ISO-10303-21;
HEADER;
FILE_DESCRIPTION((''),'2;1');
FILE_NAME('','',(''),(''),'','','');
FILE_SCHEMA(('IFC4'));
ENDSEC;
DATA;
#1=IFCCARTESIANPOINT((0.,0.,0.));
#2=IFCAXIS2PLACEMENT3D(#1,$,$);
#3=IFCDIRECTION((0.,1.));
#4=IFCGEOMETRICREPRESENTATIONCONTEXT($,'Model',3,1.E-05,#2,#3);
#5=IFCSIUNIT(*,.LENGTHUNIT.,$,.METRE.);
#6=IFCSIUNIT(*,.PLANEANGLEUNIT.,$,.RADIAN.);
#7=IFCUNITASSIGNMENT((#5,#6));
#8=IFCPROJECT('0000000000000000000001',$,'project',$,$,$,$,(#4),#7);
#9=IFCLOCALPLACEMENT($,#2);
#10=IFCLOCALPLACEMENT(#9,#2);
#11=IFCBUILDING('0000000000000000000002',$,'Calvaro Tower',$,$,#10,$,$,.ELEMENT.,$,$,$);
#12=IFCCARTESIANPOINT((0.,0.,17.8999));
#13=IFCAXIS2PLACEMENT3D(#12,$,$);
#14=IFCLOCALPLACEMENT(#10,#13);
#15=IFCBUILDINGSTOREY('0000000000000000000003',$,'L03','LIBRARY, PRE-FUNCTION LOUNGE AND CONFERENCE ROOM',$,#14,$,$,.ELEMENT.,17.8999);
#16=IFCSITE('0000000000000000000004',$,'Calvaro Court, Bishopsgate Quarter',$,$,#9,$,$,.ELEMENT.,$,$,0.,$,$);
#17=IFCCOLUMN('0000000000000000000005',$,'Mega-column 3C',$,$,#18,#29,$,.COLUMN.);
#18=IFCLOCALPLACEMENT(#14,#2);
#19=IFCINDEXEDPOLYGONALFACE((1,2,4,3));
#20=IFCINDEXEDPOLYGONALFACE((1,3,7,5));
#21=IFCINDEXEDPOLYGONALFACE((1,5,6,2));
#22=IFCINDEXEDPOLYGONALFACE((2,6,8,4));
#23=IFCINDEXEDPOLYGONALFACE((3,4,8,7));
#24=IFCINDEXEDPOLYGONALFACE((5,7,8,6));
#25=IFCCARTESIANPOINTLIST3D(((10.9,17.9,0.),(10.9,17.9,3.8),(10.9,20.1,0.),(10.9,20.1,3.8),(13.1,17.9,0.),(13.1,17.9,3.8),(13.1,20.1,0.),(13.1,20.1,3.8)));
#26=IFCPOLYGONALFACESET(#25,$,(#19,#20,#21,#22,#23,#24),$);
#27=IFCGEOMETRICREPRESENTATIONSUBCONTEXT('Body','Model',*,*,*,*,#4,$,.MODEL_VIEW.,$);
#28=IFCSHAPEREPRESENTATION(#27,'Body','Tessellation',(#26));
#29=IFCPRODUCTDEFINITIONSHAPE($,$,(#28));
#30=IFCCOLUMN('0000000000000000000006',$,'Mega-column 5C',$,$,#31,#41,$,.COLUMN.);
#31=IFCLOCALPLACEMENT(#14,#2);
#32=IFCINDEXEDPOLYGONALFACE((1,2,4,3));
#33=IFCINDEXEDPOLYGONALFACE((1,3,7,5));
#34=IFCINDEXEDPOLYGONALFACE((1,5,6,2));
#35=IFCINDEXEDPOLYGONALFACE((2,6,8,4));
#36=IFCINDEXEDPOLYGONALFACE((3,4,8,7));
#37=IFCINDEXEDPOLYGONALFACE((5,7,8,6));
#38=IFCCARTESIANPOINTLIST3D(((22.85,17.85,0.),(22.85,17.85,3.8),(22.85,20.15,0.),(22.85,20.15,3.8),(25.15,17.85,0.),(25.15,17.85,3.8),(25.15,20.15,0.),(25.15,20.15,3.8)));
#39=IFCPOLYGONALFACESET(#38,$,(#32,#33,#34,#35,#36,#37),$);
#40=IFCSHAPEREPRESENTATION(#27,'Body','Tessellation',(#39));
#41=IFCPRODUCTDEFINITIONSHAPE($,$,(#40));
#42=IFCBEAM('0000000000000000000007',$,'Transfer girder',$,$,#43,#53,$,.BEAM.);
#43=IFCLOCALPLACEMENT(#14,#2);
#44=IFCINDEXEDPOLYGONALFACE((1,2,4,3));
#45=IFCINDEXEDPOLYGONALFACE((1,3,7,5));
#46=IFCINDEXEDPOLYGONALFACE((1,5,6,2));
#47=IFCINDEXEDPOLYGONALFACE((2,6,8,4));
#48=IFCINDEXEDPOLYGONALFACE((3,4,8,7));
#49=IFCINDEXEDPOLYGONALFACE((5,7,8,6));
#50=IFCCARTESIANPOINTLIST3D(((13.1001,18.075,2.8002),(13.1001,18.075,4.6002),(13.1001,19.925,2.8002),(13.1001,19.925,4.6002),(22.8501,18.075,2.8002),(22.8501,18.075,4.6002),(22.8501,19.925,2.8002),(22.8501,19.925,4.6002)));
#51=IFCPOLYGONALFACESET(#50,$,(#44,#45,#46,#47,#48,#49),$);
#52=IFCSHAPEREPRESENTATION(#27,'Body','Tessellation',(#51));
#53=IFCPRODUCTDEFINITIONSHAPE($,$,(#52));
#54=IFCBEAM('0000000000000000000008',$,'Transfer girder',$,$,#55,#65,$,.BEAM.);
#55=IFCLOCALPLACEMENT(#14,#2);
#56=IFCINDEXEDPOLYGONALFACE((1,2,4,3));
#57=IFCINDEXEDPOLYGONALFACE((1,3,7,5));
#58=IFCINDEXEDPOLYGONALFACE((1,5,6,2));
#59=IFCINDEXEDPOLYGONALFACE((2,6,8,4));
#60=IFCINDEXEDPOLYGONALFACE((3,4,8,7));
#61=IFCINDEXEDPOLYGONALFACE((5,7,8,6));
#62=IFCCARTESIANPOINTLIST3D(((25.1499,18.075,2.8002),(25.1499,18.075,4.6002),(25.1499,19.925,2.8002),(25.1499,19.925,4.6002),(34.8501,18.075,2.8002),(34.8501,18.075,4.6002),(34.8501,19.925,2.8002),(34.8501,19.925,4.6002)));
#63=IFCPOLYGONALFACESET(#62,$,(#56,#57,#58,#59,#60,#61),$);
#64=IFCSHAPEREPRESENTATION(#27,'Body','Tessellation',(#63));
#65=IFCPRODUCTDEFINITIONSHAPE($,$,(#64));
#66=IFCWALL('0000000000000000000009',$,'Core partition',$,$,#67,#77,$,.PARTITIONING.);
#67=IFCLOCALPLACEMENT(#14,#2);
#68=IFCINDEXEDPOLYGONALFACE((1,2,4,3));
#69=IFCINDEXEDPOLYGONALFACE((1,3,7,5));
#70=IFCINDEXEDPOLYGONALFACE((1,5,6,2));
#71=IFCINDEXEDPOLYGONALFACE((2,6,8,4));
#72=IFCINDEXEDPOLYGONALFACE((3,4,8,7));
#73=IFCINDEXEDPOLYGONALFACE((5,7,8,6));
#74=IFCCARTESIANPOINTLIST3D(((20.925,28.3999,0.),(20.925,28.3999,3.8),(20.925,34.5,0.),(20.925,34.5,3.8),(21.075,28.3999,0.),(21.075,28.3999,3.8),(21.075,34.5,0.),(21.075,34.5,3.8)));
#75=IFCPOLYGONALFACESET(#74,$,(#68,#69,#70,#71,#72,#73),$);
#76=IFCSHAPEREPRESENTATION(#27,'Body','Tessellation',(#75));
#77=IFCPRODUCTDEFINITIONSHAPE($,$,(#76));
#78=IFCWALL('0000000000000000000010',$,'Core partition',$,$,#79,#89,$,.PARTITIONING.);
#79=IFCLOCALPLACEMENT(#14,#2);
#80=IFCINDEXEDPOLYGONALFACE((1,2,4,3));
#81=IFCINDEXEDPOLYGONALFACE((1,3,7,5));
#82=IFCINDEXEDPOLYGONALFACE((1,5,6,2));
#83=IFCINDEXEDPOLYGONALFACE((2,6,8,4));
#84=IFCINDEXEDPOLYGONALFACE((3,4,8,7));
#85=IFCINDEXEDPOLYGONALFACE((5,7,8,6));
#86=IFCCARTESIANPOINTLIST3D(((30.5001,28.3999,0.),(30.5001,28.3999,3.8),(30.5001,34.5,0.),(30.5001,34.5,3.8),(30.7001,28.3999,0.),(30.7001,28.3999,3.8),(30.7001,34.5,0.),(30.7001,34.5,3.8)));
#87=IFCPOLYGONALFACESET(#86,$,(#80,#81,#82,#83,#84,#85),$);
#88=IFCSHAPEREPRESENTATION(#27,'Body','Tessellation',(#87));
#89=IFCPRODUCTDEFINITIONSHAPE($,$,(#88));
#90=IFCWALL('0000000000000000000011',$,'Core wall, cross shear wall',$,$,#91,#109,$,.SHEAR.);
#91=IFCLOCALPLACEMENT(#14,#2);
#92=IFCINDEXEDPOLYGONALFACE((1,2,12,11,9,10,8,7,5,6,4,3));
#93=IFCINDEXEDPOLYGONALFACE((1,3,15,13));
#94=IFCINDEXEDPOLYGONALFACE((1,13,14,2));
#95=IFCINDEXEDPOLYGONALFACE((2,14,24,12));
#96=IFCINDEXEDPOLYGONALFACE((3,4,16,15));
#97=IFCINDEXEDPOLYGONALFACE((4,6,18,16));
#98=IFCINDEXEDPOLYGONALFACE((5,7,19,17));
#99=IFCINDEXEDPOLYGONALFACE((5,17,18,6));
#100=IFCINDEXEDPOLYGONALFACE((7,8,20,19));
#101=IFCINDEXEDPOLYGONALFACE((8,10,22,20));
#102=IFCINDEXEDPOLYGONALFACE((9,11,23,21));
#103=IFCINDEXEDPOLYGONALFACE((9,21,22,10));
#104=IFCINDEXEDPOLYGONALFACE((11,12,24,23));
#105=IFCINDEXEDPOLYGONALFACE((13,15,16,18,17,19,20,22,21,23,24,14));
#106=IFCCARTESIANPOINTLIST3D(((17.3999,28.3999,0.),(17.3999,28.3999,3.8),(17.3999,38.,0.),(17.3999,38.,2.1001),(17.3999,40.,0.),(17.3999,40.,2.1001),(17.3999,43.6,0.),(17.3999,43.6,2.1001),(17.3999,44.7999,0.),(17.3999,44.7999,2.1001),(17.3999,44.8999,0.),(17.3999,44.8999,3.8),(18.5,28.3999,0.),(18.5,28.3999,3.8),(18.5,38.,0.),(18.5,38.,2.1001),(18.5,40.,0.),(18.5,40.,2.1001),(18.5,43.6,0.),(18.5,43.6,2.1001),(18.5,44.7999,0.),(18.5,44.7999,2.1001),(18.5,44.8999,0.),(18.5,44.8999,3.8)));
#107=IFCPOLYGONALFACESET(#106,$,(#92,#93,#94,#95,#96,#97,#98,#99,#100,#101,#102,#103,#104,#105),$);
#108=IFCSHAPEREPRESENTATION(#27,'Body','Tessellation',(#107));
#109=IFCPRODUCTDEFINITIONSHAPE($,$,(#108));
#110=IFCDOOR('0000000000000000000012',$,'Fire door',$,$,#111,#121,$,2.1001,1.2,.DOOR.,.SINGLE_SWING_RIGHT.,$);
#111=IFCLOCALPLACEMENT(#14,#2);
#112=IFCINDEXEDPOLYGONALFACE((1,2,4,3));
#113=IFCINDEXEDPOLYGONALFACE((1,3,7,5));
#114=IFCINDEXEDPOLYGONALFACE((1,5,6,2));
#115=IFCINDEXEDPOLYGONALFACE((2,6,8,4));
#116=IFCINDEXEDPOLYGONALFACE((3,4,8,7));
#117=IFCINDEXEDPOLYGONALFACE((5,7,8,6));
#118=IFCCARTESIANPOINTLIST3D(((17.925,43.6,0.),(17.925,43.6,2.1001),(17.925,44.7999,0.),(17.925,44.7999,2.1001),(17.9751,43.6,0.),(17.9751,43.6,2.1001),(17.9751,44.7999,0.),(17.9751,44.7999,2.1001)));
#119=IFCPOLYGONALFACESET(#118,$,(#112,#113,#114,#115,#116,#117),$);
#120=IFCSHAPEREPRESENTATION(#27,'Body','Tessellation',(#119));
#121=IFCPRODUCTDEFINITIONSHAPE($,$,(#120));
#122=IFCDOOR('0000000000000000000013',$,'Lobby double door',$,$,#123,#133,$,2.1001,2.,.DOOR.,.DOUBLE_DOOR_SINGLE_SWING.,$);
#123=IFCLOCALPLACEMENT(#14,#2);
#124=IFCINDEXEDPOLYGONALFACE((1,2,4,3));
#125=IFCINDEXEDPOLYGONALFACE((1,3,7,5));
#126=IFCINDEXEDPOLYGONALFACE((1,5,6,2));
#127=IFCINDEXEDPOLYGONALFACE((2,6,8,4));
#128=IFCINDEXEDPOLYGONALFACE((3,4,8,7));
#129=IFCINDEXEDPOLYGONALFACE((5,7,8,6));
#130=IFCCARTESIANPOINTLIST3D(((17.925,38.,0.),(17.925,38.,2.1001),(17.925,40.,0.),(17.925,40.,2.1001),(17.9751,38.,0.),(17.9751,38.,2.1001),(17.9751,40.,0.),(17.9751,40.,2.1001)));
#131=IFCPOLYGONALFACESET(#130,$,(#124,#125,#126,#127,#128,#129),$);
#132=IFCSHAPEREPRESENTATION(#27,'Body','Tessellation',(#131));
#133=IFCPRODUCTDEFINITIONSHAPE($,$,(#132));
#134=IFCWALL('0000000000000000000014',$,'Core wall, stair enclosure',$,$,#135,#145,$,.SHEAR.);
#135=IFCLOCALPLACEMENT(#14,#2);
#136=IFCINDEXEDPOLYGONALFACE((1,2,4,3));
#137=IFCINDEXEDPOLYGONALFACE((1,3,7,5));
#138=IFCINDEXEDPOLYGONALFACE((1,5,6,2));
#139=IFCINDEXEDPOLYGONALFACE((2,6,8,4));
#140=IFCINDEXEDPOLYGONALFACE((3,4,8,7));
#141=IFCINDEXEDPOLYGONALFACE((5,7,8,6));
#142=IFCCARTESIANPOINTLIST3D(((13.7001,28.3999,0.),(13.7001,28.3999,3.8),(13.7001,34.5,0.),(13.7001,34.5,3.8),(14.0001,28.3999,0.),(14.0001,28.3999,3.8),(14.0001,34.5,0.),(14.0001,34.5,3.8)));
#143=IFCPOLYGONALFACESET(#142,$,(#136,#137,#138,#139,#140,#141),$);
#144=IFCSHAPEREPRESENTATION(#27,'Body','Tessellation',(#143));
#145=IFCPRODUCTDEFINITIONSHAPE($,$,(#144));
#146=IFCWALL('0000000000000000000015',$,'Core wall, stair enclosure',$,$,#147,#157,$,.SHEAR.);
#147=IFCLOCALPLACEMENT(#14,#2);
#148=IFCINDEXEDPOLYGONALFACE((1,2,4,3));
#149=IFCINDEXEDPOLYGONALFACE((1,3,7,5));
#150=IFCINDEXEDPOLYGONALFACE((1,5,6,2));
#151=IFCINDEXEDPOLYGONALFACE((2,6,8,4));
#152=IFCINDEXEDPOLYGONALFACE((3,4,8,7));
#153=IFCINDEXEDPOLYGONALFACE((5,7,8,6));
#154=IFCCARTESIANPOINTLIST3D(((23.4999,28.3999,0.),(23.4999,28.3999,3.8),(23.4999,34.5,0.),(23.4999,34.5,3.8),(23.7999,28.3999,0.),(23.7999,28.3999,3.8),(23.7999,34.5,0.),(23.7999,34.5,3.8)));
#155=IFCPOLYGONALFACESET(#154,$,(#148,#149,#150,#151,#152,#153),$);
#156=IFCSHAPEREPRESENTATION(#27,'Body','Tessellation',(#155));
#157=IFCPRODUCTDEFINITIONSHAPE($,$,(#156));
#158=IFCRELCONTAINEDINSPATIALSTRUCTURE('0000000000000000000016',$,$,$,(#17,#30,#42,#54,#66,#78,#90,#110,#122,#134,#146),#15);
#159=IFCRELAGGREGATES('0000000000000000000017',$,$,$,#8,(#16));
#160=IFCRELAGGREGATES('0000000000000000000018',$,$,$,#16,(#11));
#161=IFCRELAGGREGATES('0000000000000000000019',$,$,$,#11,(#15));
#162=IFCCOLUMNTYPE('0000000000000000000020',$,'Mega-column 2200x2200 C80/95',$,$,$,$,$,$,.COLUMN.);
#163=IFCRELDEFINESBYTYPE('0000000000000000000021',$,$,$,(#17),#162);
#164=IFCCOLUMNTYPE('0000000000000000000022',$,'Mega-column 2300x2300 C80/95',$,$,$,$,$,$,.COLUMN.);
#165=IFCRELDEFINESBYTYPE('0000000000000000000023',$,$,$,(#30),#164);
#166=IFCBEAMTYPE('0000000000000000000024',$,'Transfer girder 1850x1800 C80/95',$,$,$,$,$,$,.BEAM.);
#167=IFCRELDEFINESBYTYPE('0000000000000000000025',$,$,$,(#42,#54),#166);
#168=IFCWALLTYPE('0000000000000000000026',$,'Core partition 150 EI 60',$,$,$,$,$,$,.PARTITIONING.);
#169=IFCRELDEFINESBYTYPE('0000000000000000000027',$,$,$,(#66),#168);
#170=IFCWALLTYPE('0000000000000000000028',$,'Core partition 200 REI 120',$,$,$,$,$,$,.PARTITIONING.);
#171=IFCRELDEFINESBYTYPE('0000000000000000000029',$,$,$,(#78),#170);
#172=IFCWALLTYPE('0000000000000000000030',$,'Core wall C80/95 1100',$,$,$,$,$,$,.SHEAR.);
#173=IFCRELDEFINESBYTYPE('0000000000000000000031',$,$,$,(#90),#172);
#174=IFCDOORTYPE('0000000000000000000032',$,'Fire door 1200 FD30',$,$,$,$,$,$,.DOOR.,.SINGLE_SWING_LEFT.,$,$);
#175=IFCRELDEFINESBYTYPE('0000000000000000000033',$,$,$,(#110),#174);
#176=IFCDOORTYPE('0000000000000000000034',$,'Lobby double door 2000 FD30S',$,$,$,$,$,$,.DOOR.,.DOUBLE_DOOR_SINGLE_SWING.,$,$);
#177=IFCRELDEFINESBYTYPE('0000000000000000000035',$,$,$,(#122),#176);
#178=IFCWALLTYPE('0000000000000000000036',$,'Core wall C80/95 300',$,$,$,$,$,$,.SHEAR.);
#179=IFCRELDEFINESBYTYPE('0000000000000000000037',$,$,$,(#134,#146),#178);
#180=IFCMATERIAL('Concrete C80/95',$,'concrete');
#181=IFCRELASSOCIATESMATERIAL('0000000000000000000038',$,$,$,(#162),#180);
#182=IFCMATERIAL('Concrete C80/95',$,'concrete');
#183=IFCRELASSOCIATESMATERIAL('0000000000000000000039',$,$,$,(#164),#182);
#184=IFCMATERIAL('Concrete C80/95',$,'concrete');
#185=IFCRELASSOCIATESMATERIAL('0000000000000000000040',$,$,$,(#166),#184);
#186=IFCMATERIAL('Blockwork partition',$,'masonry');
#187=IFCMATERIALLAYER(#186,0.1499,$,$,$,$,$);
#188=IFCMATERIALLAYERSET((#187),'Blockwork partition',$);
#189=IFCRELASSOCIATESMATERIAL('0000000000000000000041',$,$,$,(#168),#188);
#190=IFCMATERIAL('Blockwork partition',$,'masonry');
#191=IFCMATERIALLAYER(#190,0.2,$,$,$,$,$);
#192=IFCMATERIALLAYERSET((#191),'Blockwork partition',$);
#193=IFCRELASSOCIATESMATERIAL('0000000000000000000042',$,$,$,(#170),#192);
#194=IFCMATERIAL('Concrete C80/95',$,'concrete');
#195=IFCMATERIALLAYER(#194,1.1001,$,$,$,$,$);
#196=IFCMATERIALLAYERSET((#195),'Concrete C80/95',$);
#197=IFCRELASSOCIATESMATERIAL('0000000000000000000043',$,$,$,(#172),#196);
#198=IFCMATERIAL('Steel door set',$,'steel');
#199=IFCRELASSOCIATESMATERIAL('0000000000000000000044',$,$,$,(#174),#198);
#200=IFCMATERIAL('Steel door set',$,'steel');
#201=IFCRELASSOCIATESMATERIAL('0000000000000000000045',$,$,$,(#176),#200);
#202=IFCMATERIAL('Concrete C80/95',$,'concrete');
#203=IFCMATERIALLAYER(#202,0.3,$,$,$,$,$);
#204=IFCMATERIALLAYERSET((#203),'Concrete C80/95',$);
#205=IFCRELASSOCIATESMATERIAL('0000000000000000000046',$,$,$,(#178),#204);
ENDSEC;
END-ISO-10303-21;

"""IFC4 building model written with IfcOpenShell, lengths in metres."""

from ifc_helpers import new_model, si_unit, direction, frame, frame_2d, origin, origin_2d, place, context, subcontext, project, spatial, rectangle, extrude, material, layer, layer_set, material_profile, profile_set, type_object, element, fill, save


model = new_model("IFC4")

# Units and contexts
model_context = context("Model", 3, precision=1e-05, world=origin(), true_north=direction((0.0, 1.0)))
body_context = subcontext(model_context, "Body", "Model", "MODEL_VIEW")
ifc_project = project(units=[si_unit("LENGTHUNIT", "METRE"), si_unit("PLANEANGLEUNIT", "RADIAN")], contexts=[model_context])

# Site, building, storey
site_placement = place(None, origin())
site = spatial("IfcSite", under=ifc_project, at=site_placement, Name="Calvaro Court, Bishopsgate Quarter", CompositionType="ELEMENT", RefElevation=0.0)
building_placement = place(site_placement, origin())
building = spatial("IfcBuilding", under=site, at=building_placement, Name="Calvaro Tower", CompositionType="ELEMENT")
storey_placement = place(building_placement, frame((0.0, 0.0, 17.8999)))
storey = spatial("IfcBuildingStorey", under=building, at=storey_placement, Name="L03", Description="LIBRARY, PRE-FUNCTION LOUNGE AND CONFERENCE ROOM", CompositionType="ELEMENT", Elevation=17.8999)

# Columns
ifc_material_1 = material(Name="Concrete C80/95", Category="concrete")
ifc_material_profile_1 = material_profile(ifc_material_1, rectangle(XDim=2.2, YDim=2.2, at=origin_2d()), Name="RC 2200x2200")
ifc_profile_set_1 = profile_set([ifc_material_profile_1], Name="Concrete C80/95")
column_type_1 = type_object("IfcColumnType", Name="Mega-column 2200x2200 C80/95", PredefinedType="COLUMN", material=ifc_profile_set_1)
column_1_placement = place(storey_placement, frame((12.0, 19.0, 0.0), z_axis=(0.0, 0.0, 1.0), x_axis=(1.0, 0.0, 0.0)))
element("IfcColumn", 1, at=column_1_placement, inside=storey, type_object=column_type_1, Name="Mega-column 3C", PredefinedType="COLUMN", context=body_context, shape_type="SweptSolid", body=[
    extrude(rectangle(XDim=2.2, YDim=2.2, at=origin_2d()), origin(), (0.0, 0.0, 1.0), 3.8),
])
ifc_material_2 = material(Name="Concrete C80/95", Category="concrete")
ifc_material_profile_2 = material_profile(ifc_material_2, rectangle(XDim=2.3, YDim=2.3, at=origin_2d()), Name="RC 2300x2300")
ifc_profile_set_2 = profile_set([ifc_material_profile_2], Name="Concrete C80/95")
column_type_2 = type_object("IfcColumnType", Name="Mega-column 2300x2300 C80/95", PredefinedType="COLUMN", material=ifc_profile_set_2)
column_2_placement = place(storey_placement, frame((24.0, 19.0, 0.0), z_axis=(0.0, 0.0, 1.0), x_axis=(1.0, 0.0, 0.0)))
element("IfcColumn", 2, at=column_2_placement, inside=storey, type_object=column_type_2, Name="Mega-column 5C", PredefinedType="COLUMN", context=body_context, shape_type="SweptSolid", body=[
    extrude(rectangle(XDim=2.3, YDim=2.3, at=origin_2d()), origin(), (0.0, 0.0, 1.0), 3.8),
])

# Beams
ifc_material_3 = material(Name="Concrete C80/95", Category="concrete")
ifc_material_profile_3 = material_profile(ifc_material_3, rectangle(XDim=1.8501, YDim=1.8, at=origin_2d()), Name="RC 1850x1800")
ifc_profile_set_3 = profile_set([ifc_material_profile_3], Name="Concrete C80/95")
beam_type = type_object("IfcBeamType", Name="Transfer girder 1850x1800 C80/95", PredefinedType="BEAM", material=ifc_profile_set_3)
beam_1_placement = place(storey_placement, frame((13.1001, 19.0, 3.7002), z_axis=(1.0, 0.0, 0.0), x_axis=(0.0, 1.0, 0.0)))
element("IfcBeam", 3, at=beam_1_placement, inside=storey, type_object=beam_type, Name="Transfer girder", PredefinedType="BEAM", context=body_context, shape_type="SweptSolid", body=[
    extrude(rectangle(XDim=1.8501, YDim=1.8, at=origin_2d()), origin(), (0.0, 0.0, 1.0), 9.75),
])
beam_2_placement = place(storey_placement, frame((25.1499, 19.0, 3.7002), z_axis=(1.0, 0.0, 0.0), x_axis=(0.0, 1.0, 0.0)))
element("IfcBeam", 4, at=beam_2_placement, inside=storey, type_object=beam_type, Name="Transfer girder", PredefinedType="BEAM", context=body_context, shape_type="SweptSolid", body=[
    extrude(rectangle(XDim=1.8501, YDim=1.8, at=origin_2d()), origin(), (0.0, 0.0, 1.0), 9.7002),
])

# Walls
ifc_material_4 = material(Name="Blockwork partition", Category="masonry")
ifc_layer_1 = layer(ifc_material_4, 0.1499)
ifc_layer_set_1 = layer_set([ifc_layer_1], Name="Blockwork partition")
wall_type_1 = type_object("IfcWallType", Name="Core partition 150 EI 60", PredefinedType="PARTITIONING", material=ifc_layer_set_1)
wall_1_placement = place(storey_placement, frame((21.0, 28.3999, 0.0), z_axis=(0.0, 0.0, 1.0), x_axis=(0.0, 1.0, 0.0)))
element("IfcWall", 5, at=wall_1_placement, inside=storey, type_object=wall_type_1, Name="Core partition", PredefinedType="PARTITIONING", context=body_context, shape_type="SweptSolid", body=[
    extrude(rectangle(XDim=6.1001, YDim=0.1499, at=frame_2d((3.05, 0.0))), origin(), (0.0, 0.0, 1.0), 3.8),
])
ifc_material_5 = material(Name="Blockwork partition", Category="masonry")
ifc_layer_2 = layer(ifc_material_5, 0.2)
ifc_layer_set_2 = layer_set([ifc_layer_2], Name="Blockwork partition")
wall_type_2 = type_object("IfcWallType", Name="Core partition 200 REI 120", PredefinedType="PARTITIONING", material=ifc_layer_set_2)
wall_2_placement = place(storey_placement, frame((30.6001, 28.3999, 0.0), z_axis=(0.0, 0.0, 1.0), x_axis=(0.0, 1.0, 0.0)))
element("IfcWall", 6, at=wall_2_placement, inside=storey, type_object=wall_type_2, Name="Core partition", PredefinedType="PARTITIONING", context=body_context, shape_type="SweptSolid", body=[
    extrude(rectangle(XDim=6.1001, YDim=0.2, at=frame_2d((3.05, 0.0))), origin(), (0.0, 0.0, 1.0), 3.8),
])

# Wall, openings, doors
ifc_material_6 = material(Name="Concrete C80/95", Category="concrete")
ifc_layer_3 = layer(ifc_material_6, 1.1001)
ifc_layer_set_3 = layer_set([ifc_layer_3], Name="Concrete C80/95")
wall_type_3 = type_object("IfcWallType", Name="Core wall C80/95 1100", PredefinedType="SHEAR", material=ifc_layer_set_3)
wall_3_placement = place(storey_placement, frame((17.95, 28.3999, 0.0), z_axis=(0.0, 0.0, 1.0), x_axis=(0.0, 1.0, 0.0)))
wall_3 = element("IfcWall", 7, at=wall_3_placement, inside=storey, type_object=wall_type_3, Name="Core wall, cross shear wall", PredefinedType="SHEAR", context=body_context, shape_type="SweptSolid", body=[
    extrude(rectangle(XDim=16.5, YDim=1.1001, at=frame_2d((8.25, 0.0))), origin(), (0.0, 0.0, 1.0), 3.8),
])
opening_1_placement = place(wall_3_placement, frame((9.6001, 0.0, 0.0)))
opening_1 = element("IfcOpeningElement", 8, at=opening_1_placement, cuts=wall_3, PredefinedType="OPENING", context=body_context, shape_type="SweptSolid", body=[
    extrude(rectangle(XDim=2.0, YDim=2.1001, at=frame_2d((1.0, 1.05))), frame((0.0, 0.5601, 0.0), z_axis=(0.0, -1.0, 0.0), x_axis=(1.0, 0.0, 0.0)), (0.0, 0.0, 1.0), 1.1201),
])
opening_2_placement = place(wall_3_placement, frame((15.2, 0.0, 0.0)))
opening_2 = element("IfcOpeningElement", 9, at=opening_2_placement, cuts=wall_3, PredefinedType="OPENING", context=body_context, shape_type="SweptSolid", body=[
    extrude(rectangle(XDim=1.2, YDim=2.1001, at=frame_2d((0.6001, 1.05))), frame((0.0, 0.5601, 0.0), z_axis=(0.0, -1.0, 0.0), x_axis=(1.0, 0.0, 0.0)), (0.0, 0.0, 1.0), 1.1201),
])
ifc_material_7 = material(Name="Steel door set", Category="steel")
door_type_1 = type_object("IfcDoorType", Name="Fire door 1200 FD30", OperationType="SINGLE_SWING_LEFT", PredefinedType="DOOR", material=ifc_material_7)
door_1_placement = place(opening_2_placement, origin())
door_1 = element("IfcDoor", 10, at=door_1_placement, inside=storey, type_object=door_type_1, Name="Fire door", OperationType="SINGLE_SWING_RIGHT", OverallHeight=2.1001, OverallWidth=1.2, PredefinedType="DOOR", context=body_context, shape_type="SweptSolid", body=[
    extrude(rectangle(XDim=1.2, YDim=2.1001, at=frame_2d((0.6001, 1.05))), frame((0.0, 0.0249, 0.0), z_axis=(0.0, -1.0, 0.0), x_axis=(1.0, 0.0, 0.0)), (0.0, 0.0, 1.0), 0.05),
])
fill(opening_2, door_1)
ifc_material_8 = material(Name="Steel door set", Category="steel")
door_type_2 = type_object("IfcDoorType", Name="Lobby double door 2000 FD30S", OperationType="DOUBLE_DOOR_SINGLE_SWING", PredefinedType="DOOR", material=ifc_material_8)
door_2_placement = place(opening_1_placement, origin())
door_2 = element("IfcDoor", 11, at=door_2_placement, inside=storey, type_object=door_type_2, Name="Lobby double door", OperationType="DOUBLE_DOOR_SINGLE_SWING", OverallHeight=2.1001, OverallWidth=2.0, PredefinedType="DOOR", context=body_context, shape_type="SweptSolid", body=[
    extrude(rectangle(XDim=2.0, YDim=2.1001, at=frame_2d((1.0, 1.05))), frame((0.0, 0.0249, 0.0), z_axis=(0.0, -1.0, 0.0), x_axis=(1.0, 0.0, 0.0)), (0.0, 0.0, 1.0), 0.05),
])
fill(opening_1, door_2)

# Walls
ifc_material_9 = material(Name="Concrete C80/95", Category="concrete")
ifc_layer_4 = layer(ifc_material_9, 0.3)
ifc_layer_set_4 = layer_set([ifc_layer_4], Name="Concrete C80/95")
wall_type_4 = type_object("IfcWallType", Name="Core wall C80/95 300", PredefinedType="SHEAR", material=ifc_layer_set_4)
for number, where, z_axis, x_axis, name in (
    (12, (13.8501, 28.3999, 0.0), (0.0, 0.0, 1.0), (0.0, 1.0, 0.0), "Core wall, stair enclosure"),
    (13, (23.6499, 28.3999, 0.0), (0.0, 0.0, 1.0), (0.0, 1.0, 0.0), "Core wall, stair enclosure"),
):
    element("IfcWall", number, at=place(storey_placement, frame(where, z_axis=z_axis, x_axis=x_axis)), inside=storey, type_object=wall_type_4, Name=name, PredefinedType="SHEAR", context=body_context, shape_type="SweptSolid", body=[
        extrude(rectangle(XDim=6.1001, YDim=0.3, at=frame_2d((3.05, 0.0))), origin(), (0.0, 0.0, 1.0), 3.8),
    ])

save(model, "model.ifc")
